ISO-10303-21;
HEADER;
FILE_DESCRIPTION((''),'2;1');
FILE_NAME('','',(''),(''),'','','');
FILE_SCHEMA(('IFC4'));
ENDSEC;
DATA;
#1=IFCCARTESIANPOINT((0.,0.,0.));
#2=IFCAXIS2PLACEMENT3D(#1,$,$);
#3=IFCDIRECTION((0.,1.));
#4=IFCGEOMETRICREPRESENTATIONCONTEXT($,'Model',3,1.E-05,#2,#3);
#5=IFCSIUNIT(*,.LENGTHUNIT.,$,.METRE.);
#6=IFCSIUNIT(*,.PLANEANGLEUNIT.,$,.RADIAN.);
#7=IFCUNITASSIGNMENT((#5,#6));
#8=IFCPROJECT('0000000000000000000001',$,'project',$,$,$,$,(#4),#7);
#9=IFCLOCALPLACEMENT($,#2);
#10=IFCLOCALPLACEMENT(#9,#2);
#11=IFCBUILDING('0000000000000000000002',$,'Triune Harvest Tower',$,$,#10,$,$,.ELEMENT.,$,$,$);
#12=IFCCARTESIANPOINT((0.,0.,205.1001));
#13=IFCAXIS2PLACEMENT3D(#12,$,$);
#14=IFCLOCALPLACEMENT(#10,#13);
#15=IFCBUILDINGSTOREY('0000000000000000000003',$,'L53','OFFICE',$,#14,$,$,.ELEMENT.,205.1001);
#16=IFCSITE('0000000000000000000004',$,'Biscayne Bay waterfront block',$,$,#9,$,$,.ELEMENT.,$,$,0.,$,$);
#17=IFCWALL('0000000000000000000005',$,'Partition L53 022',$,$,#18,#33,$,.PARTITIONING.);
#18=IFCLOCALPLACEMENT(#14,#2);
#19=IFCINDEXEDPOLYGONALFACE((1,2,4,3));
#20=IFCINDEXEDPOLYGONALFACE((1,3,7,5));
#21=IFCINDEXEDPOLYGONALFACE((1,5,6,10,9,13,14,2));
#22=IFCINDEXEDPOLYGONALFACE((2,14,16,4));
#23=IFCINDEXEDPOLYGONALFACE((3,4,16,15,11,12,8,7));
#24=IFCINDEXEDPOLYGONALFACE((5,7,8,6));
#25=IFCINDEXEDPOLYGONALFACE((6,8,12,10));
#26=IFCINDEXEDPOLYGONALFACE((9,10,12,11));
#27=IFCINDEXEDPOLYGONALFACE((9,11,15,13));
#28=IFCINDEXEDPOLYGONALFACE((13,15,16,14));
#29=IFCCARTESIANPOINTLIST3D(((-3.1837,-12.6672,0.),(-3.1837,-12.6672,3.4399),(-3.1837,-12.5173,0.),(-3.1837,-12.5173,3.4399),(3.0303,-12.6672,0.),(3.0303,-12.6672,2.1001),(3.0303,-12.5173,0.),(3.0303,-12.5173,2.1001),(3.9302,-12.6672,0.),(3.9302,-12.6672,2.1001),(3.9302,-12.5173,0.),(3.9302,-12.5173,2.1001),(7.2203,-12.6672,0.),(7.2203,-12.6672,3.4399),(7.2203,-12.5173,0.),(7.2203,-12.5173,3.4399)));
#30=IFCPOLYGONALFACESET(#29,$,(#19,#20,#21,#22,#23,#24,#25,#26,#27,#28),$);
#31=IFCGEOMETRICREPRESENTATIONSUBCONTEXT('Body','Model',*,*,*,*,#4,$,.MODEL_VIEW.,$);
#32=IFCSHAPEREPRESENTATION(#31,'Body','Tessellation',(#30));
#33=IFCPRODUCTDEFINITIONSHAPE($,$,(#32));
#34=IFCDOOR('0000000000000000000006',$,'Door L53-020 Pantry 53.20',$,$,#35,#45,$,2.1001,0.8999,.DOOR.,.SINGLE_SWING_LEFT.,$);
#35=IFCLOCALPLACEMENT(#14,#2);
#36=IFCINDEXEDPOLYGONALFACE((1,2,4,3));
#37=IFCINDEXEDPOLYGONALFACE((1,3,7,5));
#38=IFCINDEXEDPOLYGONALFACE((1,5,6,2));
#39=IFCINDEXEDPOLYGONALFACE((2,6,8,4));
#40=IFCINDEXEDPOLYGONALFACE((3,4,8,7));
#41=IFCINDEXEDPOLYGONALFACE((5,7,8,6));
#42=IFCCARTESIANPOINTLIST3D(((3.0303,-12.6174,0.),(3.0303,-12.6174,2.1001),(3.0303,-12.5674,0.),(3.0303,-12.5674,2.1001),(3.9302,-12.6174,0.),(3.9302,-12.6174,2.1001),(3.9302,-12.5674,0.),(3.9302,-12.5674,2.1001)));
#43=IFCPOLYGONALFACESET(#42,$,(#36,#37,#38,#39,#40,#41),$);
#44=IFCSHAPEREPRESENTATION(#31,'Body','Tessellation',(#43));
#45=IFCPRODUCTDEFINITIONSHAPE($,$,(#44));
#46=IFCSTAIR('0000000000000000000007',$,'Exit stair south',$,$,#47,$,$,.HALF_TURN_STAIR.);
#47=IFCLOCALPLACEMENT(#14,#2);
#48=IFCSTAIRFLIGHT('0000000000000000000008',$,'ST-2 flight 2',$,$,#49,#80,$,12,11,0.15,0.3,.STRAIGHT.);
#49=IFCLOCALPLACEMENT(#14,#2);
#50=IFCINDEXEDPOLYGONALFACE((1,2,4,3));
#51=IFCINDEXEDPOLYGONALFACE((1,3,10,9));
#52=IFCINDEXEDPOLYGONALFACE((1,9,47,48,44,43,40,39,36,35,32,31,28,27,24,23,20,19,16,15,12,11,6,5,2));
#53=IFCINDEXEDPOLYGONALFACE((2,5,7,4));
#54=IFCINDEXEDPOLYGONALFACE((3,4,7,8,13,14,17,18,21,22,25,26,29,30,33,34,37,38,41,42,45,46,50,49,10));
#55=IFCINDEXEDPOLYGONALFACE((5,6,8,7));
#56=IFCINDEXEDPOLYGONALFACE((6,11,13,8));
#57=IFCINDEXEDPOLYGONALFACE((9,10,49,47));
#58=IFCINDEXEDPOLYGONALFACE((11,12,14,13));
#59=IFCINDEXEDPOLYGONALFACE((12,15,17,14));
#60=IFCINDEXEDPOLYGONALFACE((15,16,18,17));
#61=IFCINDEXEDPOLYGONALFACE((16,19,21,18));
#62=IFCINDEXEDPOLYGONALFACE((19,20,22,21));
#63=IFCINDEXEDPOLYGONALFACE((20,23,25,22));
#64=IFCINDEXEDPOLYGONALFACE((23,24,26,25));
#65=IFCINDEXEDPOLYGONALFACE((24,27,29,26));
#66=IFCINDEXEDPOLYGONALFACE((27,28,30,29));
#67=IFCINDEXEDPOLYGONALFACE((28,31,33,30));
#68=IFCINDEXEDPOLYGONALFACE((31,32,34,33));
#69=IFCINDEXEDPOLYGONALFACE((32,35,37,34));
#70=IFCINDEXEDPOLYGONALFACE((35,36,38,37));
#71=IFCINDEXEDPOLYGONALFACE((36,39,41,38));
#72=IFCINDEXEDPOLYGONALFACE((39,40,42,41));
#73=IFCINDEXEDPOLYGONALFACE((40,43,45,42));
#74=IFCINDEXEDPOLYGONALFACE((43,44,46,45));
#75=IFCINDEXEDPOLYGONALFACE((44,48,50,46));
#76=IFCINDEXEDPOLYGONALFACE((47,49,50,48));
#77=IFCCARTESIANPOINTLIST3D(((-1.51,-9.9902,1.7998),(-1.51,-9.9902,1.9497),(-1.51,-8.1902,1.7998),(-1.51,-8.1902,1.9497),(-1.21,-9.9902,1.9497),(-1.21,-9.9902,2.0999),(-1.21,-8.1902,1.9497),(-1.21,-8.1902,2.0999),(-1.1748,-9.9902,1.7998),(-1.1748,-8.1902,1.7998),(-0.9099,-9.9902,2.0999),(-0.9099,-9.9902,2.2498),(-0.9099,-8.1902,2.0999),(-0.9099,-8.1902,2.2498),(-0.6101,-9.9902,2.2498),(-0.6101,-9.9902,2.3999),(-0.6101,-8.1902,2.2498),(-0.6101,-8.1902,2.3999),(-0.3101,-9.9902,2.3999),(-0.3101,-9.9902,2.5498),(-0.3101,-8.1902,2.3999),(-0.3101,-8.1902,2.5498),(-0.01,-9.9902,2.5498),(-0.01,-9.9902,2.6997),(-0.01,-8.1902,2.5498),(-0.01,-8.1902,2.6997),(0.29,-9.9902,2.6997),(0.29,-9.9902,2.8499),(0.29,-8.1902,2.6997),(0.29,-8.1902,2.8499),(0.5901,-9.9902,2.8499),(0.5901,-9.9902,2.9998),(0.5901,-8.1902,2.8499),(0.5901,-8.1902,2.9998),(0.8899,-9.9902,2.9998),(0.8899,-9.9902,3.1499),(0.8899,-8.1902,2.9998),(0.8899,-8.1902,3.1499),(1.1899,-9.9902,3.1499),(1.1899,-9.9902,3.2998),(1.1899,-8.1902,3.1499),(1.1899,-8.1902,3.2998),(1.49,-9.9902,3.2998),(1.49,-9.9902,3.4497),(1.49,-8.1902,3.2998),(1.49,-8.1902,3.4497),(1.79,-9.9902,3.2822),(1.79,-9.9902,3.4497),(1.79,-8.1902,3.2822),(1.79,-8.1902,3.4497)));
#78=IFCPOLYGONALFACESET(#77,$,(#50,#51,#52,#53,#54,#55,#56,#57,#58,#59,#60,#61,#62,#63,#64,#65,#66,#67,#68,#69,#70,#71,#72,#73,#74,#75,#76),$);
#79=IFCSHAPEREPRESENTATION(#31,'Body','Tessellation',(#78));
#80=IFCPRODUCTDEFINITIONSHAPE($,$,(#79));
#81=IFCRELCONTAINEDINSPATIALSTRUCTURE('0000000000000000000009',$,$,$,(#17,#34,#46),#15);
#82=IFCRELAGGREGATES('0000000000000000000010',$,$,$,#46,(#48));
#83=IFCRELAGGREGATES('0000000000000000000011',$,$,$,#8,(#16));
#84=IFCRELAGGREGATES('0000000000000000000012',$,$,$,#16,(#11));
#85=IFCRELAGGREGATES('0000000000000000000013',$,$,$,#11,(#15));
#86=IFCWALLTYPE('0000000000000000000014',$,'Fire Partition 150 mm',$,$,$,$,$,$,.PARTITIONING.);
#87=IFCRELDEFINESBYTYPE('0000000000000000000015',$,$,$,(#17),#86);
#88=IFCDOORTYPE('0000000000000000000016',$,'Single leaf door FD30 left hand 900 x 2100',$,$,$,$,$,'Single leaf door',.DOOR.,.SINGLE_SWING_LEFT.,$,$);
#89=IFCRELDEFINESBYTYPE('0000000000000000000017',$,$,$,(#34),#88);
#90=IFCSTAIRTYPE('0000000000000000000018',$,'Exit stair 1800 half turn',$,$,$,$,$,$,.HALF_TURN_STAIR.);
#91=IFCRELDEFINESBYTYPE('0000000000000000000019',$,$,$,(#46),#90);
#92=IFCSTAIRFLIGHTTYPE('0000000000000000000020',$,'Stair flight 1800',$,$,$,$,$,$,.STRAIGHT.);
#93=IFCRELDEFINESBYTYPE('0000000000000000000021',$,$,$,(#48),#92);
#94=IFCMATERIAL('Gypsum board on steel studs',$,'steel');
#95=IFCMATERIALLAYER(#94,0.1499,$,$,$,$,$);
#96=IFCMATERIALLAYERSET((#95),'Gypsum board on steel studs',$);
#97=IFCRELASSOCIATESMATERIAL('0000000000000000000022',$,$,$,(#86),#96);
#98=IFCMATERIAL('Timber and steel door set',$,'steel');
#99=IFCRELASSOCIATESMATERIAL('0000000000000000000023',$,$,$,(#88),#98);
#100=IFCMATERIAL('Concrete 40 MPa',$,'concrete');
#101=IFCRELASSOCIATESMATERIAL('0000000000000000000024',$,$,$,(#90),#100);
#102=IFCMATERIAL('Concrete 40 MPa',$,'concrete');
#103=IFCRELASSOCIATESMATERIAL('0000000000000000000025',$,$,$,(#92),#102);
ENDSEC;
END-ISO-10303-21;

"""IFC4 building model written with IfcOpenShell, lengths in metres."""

from ifc_helpers import new_model, si_unit, direction, frame, frame_2d, origin, place, context, subcontext, project, spatial, polyline, rectangle, outline, extrude, source, transform, mapped, material, layer, layer_set, type_object, element, fill, aggregate, save


model = new_model("IFC4")

# Units and contexts
model_context = context("Model", 3, precision=1e-05, world=origin(), true_north=direction((0.0, 1.0)))
body_context = subcontext(model_context, "Body", "Model", "MODEL_VIEW")
ifc_project = project(units=[si_unit("LENGTHUNIT", "METRE"), si_unit("PLANEANGLEUNIT", "RADIAN")], contexts=[model_context])

# Site, building, storey
site_placement = place(None, origin())
site = spatial("IfcSite", under=ifc_project, at=site_placement, Name="Biscayne Bay waterfront block", CompositionType="ELEMENT", RefElevation=0.0)
building_placement = place(site_placement, origin())
building = spatial("IfcBuilding", under=site, at=building_placement, Name="Triune Harvest Tower", CompositionType="ELEMENT")
storey_placement = place(building_placement, frame((0.0, 0.0, 205.1001)))
storey = spatial("IfcBuildingStorey", under=building, at=storey_placement, Name="L53", Description="OFFICE", CompositionType="ELEMENT", Elevation=205.1001)

# Shared definitions
ifc_material_1 = material(Name="Gypsum board on steel studs", Category="steel")
ifc_layer_1 = layer(ifc_material_1, 0.1499)
ifc_layer_set_1 = layer_set([ifc_layer_1], Name="Gypsum board on steel studs")
wall_type_1 = type_object("IfcWallType", Name="Fire Partition 150 mm", PredefinedType="PARTITIONING", material=ifc_layer_set_1)

# Wall, opening, door
shared_shape_1 = source(origin(), body_context, "Body", "SweptSolid", [
    extrude(rectangle(XDim=10.4041, YDim=0.1499, at=frame_2d((5.2021, 0.0))), origin(), (0.0, 0.0, 1.0), 3.4399),
])
wall_1_placement = place(storey_placement, frame((-3.1838, -12.5923, 0.0), z_axis=(0.0, 0.0, 1.0), x_axis=(1.0, 0.0, 0.0)))
wall_1 = element("IfcWall", 1, at=wall_1_placement, inside=storey, type_object=wall_type_1, Name="Partition L53 022", PredefinedType="PARTITIONING", context=body_context, shape_type="MappedRepresentation", body=[
    mapped(shared_shape_1, transform((0.0, 0.0, 0.0), scale=1.0)),
])
opening_1_placement = place(wall_1_placement, frame((6.2141, 0.0, 0.0)))
opening_1 = element("IfcOpeningElement", 2, at=opening_1_placement, cuts=wall_1, PredefinedType="OPENING", context=body_context, shape_type="SweptSolid", body=[
    extrude(rectangle(XDim=0.8999, YDim=2.1001, at=frame_2d((0.45, 1.05))), frame((0.0, 0.085, 0.0), z_axis=(0.0, -1.0, 0.0), x_axis=(1.0, 0.0, 0.0)), (0.0, 0.0, 1.0), 0.1699),
])
ifc_material_2 = material(Name="Timber and steel door set", Category="steel")
door_type_1 = type_object("IfcDoorType", Name="Single leaf door FD30 left hand 900 x 2100", ElementType="Single leaf door", OperationType="SINGLE_SWING_LEFT", PredefinedType="DOOR", material=ifc_material_2)
door_1_placement = place(opening_1_placement, origin())
door_1 = element("IfcDoor", 3, at=door_1_placement, inside=storey, type_object=door_type_1, Name="Door L53-020 Pantry 53.20", OperationType="SINGLE_SWING_LEFT", OverallHeight=2.1001, OverallWidth=0.8999, PredefinedType="DOOR", context=body_context, shape_type="SweptSolid", body=[
    extrude(rectangle(XDim=0.8999, YDim=2.1001, at=frame_2d((0.45, 1.05))), frame((0.0, 0.0249, 0.0), z_axis=(0.0, -1.0, 0.0), x_axis=(1.0, 0.0, 0.0)), (0.0, 0.0, 1.0), 0.05),
])
fill(opening_1, door_1)

# Stair, stair flight
ifc_material_3 = material(Name="Concrete 40 MPa", Category="concrete")
stair_type = type_object("IfcStairType", Name="Exit stair 1800 half turn", PredefinedType="HALF_TURN_STAIR", material=ifc_material_3)
stair_placement = place(storey_placement, origin())
stair = element("IfcStair", 4, at=stair_placement, inside=storey, type_object=stair_type, Name="Exit stair south", PredefinedType="HALF_TURN_STAIR")
ifc_material_4 = material(Name="Concrete 40 MPa", Category="concrete")
stair_flight_type = type_object("IfcStairFlightType", Name="Stair flight 1800", PredefinedType="STRAIGHT", material=ifc_material_4)
shared_shape_2 = source(origin(), body_context, "Body", "SweptSolid", [
    extrude(outline(polyline([(0.0, 0.0), (0.0, 0.1499), (0.3, 0.1499), (0.3, 0.3), (0.6001, 0.3), (0.6001, 0.45), (0.8999, 0.45), (0.8999, 0.6001), (1.2, 0.6001), (1.2, 0.75), (1.5, 0.75), (1.5, 0.8999), (1.8, 0.8999), (1.8, 1.05), (2.1001, 1.05), (2.1001, 1.2), (2.3999, 1.2), (2.3999, 1.3501), (2.7, 1.3501), (2.7, 1.5), (3.0, 1.5), (3.0, 1.6499), (3.3, 1.6499), (3.3, 1.8), (3.3, 1.4824), (0.3352, 0.0), (0.0, 0.0)])), frame((0.0, 0.8999, 0.0), z_axis=(0.0, -1.0, 0.0), x_axis=(1.0, 0.0, 0.0)), (0.0, 0.0, 1.0), 1.8),
])
stair_flight_placement = place(storey_placement, frame((-1.51, -9.0901, 1.7998), z_axis=(0.0, 0.0, 1.0), x_axis=(1.0, 0.0, 0.0)))
stair_flight = element("IfcStairFlight", 5, at=stair_flight_placement, type_object=stair_flight_type, Name="ST-2 flight 2", NumberOfRisers=12, NumberOfTreads=11, PredefinedType="STRAIGHT", RiserHeight=0.15, TreadLength=0.3, context=body_context, shape_type="MappedRepresentation", body=[
    mapped(shared_shape_2, transform((0.0, 0.0, 0.0), scale=1.0)),
])
aggregate(stair, [stair_flight])

save(model, "model.ifc")
